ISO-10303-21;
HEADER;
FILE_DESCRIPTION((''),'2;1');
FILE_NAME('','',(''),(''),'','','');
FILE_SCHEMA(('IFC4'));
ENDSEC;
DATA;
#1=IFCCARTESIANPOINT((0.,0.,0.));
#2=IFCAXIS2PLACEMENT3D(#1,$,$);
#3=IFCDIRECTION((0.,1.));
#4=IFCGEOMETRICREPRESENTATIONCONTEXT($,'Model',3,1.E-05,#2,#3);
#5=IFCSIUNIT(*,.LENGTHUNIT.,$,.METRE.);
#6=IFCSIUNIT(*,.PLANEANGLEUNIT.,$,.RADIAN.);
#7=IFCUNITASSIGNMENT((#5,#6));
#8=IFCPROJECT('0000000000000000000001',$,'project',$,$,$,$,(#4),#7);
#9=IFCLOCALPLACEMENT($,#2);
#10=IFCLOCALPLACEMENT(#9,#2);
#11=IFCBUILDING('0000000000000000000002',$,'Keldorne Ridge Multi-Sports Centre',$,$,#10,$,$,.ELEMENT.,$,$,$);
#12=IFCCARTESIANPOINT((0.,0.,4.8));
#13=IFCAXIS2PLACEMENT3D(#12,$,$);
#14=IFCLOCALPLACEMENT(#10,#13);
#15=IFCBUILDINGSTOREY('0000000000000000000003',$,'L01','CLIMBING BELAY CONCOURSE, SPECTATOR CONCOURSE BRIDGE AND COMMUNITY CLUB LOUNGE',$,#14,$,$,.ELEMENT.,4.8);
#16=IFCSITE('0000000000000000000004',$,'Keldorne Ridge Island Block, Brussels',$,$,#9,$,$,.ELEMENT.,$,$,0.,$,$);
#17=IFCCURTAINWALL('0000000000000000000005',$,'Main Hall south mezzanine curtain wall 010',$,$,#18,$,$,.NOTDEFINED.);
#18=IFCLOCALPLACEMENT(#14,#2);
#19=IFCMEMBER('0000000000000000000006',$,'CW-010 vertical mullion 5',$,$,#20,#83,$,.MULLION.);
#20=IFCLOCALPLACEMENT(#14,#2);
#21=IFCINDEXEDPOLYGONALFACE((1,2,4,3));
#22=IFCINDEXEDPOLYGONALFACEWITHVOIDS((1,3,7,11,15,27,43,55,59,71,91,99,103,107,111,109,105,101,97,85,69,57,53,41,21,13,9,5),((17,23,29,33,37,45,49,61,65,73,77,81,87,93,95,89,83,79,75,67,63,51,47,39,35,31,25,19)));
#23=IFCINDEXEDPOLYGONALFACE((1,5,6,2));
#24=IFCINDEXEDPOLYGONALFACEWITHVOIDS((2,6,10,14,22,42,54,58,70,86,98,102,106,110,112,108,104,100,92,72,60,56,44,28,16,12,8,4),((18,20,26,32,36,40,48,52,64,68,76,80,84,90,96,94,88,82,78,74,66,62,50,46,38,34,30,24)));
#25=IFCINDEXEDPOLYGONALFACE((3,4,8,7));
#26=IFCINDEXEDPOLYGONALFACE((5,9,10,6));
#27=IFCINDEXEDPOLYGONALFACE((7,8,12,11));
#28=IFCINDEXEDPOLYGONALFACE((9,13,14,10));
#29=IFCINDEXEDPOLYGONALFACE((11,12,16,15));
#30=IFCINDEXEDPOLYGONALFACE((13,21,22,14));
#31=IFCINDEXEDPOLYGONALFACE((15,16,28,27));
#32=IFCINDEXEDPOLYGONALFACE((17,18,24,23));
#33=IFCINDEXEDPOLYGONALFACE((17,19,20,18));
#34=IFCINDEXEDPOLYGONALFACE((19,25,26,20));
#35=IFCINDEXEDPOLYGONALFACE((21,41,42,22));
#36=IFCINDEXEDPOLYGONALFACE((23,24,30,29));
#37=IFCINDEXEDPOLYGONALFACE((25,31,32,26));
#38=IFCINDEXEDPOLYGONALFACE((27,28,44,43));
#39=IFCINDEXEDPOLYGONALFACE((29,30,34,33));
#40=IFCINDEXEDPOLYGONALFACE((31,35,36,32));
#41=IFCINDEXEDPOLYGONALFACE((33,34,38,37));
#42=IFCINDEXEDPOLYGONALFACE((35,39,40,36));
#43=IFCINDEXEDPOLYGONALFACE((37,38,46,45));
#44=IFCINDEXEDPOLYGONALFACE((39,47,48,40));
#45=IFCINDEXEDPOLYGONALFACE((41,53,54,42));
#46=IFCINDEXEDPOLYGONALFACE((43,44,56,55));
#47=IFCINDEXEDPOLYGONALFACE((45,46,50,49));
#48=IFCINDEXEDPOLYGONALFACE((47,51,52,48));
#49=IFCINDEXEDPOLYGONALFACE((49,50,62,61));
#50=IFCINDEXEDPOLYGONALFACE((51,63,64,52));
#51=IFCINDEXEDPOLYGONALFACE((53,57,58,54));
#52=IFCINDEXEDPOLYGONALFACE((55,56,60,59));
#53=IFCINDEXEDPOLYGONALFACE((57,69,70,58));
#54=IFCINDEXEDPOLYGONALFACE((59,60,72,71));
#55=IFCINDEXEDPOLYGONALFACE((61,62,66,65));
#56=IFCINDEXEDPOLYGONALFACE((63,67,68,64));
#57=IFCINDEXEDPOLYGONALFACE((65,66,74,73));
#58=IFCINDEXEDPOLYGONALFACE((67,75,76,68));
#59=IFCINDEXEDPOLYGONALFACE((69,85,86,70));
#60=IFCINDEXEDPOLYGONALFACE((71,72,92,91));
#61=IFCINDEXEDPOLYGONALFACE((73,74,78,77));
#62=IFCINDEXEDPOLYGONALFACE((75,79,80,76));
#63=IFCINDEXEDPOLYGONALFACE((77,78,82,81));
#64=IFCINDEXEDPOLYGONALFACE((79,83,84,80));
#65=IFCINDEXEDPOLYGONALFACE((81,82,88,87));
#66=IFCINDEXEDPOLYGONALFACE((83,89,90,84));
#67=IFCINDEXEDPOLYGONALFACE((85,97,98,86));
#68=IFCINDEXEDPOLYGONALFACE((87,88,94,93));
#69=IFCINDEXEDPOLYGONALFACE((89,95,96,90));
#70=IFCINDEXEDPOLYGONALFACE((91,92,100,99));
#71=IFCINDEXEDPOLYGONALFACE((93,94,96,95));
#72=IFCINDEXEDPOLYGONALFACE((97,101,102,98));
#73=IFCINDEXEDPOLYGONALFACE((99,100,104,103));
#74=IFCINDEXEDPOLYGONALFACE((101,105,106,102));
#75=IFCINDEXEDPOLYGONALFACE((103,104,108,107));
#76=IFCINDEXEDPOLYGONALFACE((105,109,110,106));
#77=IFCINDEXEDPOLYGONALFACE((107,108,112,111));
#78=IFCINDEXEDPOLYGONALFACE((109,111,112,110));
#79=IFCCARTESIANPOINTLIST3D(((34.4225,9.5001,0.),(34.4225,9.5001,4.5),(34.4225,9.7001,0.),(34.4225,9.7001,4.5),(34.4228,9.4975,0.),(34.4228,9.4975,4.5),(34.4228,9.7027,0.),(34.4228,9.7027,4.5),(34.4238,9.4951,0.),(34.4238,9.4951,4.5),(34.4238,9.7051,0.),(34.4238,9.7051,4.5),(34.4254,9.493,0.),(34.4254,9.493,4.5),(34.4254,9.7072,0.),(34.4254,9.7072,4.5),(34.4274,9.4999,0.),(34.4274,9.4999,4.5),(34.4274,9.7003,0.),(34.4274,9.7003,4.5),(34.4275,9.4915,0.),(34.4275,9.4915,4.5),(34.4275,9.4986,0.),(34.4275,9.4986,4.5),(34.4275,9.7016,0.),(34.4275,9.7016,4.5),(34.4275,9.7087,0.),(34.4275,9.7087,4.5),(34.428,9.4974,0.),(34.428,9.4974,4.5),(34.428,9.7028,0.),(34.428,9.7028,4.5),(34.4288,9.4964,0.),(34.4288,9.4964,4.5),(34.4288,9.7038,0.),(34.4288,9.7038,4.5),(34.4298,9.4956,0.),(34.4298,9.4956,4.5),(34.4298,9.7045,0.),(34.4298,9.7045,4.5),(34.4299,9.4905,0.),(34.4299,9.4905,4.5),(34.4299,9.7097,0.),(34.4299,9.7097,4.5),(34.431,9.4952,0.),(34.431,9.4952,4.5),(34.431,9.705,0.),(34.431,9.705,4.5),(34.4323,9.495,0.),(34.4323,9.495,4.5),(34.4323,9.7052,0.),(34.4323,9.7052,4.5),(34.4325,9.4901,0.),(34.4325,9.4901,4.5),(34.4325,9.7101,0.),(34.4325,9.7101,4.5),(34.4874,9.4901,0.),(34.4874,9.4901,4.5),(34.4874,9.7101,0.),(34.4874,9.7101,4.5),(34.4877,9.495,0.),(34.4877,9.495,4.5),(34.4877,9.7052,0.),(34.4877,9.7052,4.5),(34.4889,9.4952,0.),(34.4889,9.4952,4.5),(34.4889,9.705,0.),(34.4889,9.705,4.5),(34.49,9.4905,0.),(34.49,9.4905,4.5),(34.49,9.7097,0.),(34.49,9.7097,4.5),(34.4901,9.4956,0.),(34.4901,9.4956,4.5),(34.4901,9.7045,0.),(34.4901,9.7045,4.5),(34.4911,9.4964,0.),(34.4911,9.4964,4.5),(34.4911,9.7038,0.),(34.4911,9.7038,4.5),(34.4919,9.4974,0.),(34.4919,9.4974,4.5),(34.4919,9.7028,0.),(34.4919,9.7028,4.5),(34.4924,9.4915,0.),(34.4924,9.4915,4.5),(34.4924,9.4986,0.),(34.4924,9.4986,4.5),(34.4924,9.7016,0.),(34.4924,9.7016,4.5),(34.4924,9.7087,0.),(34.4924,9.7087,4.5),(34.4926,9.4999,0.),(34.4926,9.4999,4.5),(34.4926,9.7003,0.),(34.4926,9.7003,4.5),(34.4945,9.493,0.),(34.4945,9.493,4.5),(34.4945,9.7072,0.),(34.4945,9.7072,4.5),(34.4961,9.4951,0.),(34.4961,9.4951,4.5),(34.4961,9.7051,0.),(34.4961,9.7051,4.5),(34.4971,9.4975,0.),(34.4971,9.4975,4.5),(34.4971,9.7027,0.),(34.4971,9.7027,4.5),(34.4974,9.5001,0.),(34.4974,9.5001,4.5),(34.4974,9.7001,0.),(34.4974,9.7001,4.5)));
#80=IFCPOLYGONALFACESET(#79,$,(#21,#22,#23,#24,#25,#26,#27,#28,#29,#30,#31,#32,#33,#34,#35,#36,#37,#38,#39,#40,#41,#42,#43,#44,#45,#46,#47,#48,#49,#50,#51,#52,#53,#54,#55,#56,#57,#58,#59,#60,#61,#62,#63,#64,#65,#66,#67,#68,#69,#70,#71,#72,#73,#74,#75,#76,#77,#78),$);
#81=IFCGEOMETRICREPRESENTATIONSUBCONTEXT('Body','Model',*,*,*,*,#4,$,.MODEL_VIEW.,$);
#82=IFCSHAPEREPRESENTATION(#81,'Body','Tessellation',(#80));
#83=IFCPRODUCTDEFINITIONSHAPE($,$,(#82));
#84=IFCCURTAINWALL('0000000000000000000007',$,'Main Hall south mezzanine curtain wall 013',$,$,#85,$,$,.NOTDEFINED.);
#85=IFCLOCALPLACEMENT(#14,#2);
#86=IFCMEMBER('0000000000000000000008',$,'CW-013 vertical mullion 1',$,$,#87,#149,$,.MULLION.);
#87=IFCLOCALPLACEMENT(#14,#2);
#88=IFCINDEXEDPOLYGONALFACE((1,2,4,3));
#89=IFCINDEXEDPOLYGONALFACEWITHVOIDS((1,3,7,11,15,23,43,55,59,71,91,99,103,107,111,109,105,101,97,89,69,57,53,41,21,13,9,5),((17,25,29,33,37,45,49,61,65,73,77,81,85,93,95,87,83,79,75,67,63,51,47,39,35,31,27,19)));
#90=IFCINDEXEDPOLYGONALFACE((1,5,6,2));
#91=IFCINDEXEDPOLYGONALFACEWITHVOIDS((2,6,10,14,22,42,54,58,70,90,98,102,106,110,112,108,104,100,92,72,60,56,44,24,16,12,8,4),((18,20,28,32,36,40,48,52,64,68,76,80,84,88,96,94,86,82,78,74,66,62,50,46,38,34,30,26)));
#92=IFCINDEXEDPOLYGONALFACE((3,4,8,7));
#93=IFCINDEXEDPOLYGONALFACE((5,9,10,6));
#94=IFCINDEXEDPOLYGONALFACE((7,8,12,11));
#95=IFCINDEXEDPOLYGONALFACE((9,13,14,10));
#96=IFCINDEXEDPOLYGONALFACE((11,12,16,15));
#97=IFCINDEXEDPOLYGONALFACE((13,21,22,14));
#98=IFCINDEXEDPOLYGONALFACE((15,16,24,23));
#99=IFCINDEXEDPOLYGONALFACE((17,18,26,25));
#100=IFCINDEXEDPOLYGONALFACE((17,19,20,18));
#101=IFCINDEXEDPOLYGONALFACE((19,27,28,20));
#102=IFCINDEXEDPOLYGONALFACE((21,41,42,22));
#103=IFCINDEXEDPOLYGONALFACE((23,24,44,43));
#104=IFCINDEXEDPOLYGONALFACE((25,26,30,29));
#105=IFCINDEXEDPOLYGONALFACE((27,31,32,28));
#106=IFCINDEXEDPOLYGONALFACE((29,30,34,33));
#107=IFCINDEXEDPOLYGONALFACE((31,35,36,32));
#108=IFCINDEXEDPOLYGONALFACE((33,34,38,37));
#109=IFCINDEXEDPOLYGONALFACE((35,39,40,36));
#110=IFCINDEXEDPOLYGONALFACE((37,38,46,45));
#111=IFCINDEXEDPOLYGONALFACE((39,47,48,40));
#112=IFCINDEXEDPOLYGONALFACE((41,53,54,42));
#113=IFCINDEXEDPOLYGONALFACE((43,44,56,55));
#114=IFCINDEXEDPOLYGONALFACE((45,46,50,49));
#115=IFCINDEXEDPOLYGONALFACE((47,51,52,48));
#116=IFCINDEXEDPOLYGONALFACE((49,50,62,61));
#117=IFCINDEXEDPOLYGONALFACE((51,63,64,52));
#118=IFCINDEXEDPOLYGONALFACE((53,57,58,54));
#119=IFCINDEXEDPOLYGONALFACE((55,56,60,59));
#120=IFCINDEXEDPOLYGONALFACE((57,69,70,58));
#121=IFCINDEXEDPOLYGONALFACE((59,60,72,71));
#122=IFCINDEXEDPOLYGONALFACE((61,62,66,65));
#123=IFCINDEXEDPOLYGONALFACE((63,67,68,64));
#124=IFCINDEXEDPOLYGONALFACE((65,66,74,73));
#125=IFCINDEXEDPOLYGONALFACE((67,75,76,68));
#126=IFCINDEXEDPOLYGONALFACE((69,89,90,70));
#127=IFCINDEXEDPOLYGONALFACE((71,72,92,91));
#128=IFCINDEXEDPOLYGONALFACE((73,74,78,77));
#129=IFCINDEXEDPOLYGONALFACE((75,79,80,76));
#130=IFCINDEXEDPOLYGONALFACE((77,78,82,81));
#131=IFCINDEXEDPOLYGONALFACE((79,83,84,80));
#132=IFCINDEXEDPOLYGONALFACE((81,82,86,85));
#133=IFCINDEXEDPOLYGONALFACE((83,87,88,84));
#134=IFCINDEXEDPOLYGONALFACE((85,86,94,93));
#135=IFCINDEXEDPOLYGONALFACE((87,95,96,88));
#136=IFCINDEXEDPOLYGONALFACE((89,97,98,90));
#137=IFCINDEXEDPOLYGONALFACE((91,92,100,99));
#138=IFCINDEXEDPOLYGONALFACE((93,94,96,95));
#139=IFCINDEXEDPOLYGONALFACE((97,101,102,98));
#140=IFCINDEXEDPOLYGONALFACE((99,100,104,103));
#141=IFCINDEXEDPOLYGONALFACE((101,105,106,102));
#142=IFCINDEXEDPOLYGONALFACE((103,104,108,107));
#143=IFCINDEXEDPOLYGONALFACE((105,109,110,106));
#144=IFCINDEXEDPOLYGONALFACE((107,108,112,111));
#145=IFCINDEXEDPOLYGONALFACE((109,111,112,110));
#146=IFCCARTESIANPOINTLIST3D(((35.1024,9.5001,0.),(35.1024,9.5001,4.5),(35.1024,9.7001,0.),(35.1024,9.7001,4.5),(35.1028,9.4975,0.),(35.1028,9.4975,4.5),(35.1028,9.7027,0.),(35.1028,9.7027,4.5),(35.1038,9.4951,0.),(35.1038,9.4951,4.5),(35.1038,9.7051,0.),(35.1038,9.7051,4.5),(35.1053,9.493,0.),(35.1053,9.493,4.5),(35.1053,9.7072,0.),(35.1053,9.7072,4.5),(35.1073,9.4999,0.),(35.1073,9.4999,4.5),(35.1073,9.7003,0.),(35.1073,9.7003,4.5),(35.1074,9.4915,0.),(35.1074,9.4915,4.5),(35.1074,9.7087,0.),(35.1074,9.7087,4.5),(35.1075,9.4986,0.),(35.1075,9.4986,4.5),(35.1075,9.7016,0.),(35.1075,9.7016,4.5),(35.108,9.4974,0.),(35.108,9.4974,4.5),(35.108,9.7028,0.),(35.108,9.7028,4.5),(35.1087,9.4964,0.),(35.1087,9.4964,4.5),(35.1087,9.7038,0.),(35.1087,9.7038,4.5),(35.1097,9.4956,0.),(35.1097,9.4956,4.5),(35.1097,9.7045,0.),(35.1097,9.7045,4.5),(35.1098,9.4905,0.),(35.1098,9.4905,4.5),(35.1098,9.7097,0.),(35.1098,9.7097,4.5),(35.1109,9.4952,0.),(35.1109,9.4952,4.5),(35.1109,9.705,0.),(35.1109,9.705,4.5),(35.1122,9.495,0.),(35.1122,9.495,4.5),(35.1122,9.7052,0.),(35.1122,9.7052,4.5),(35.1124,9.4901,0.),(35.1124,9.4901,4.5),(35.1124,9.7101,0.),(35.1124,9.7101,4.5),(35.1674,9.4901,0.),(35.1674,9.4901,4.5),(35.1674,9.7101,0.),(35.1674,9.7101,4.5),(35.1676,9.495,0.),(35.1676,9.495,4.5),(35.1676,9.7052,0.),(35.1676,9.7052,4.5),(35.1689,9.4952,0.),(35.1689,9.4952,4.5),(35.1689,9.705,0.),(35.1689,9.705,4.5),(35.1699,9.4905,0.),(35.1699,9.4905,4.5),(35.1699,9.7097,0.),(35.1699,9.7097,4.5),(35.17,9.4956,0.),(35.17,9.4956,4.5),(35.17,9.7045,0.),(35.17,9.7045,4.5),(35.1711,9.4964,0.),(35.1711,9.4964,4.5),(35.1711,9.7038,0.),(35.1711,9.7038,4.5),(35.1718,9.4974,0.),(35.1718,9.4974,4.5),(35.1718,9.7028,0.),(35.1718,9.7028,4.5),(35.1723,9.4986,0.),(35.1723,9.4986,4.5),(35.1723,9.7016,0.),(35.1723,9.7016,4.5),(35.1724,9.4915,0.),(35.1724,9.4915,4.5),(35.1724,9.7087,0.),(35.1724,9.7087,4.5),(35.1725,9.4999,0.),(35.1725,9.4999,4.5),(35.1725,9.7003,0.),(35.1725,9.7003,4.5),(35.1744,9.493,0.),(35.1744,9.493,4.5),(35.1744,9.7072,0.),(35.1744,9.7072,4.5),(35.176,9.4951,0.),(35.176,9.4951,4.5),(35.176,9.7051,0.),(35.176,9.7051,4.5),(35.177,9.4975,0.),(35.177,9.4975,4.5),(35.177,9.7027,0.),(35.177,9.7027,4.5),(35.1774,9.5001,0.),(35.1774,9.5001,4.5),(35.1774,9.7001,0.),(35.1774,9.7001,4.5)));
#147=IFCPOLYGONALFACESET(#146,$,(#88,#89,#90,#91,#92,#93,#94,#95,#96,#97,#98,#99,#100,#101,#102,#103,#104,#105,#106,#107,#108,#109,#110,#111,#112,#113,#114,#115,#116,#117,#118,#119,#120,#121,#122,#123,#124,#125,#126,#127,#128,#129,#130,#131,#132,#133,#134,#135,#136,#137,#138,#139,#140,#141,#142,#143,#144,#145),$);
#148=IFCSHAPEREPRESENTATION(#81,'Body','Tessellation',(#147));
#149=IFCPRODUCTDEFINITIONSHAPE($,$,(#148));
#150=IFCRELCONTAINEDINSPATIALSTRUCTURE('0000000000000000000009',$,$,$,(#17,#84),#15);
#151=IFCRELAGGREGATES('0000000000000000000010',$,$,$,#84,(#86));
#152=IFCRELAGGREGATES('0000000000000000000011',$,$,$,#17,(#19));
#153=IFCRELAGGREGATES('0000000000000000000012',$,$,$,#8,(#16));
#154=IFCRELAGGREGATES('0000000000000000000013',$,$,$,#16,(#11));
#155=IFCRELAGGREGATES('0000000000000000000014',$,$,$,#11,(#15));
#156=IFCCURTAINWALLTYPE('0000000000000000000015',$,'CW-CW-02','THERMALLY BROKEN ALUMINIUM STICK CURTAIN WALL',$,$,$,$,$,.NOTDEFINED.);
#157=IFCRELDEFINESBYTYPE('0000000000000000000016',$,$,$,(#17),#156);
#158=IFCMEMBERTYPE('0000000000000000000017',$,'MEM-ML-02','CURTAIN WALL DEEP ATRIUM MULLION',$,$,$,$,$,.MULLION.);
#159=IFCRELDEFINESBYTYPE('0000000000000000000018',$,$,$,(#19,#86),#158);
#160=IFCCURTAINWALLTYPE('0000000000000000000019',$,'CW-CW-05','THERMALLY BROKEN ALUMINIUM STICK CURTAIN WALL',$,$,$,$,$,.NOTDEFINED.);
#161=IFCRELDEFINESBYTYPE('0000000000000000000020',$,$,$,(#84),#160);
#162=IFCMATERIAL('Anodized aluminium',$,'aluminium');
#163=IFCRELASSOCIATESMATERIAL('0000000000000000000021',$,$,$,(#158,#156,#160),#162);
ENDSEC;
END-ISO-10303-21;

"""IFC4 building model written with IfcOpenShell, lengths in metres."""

from ifc_helpers import new_model, si_unit, direction, frame, origin, origin_2d, place, context, subcontext, project, spatial, hollow_rectangle, extrude, material, material_profile, profile_set, type_object, element, aggregate, save


model = new_model("IFC4")

# Units and contexts
model_context = context("Model", 3, precision=1e-05, world=origin(), true_north=direction((0.0, 1.0)))
body_context = subcontext(model_context, "Body", "Model", "MODEL_VIEW")
ifc_project = project(units=[si_unit("LENGTHUNIT", "METRE"), si_unit("PLANEANGLEUNIT", "RADIAN")], contexts=[model_context])

# Site, building, storey
site_placement = place(None, origin())
site = spatial("IfcSite", under=ifc_project, at=site_placement, Name="Keldorne Ridge Island Block, Brussels", CompositionType="ELEMENT", RefElevation=0.0)
building_placement = place(site_placement, origin())
building = spatial("IfcBuilding", under=site, at=building_placement, Name="Keldorne Ridge Multi-Sports Centre", CompositionType="ELEMENT")
storey_placement = place(building_placement, frame((0.0, 0.0, 4.8)))
storey = spatial("IfcBuildingStorey", under=building, at=storey_placement, Name="L01", Description="CLIMBING BELAY CONCOURSE, SPECTATOR CONCOURSE BRIDGE AND COMMUNITY CLUB LOUNGE", CompositionType="ELEMENT", Elevation=4.8)

# Curtain wall, member
ifc_material_1 = material(Name="Anodized aluminium", Category="aluminium")
ifc_material_profile_1 = material_profile(ifc_material_1, hollow_rectangle(XDim=0.075, YDim=0.22, WallThickness=0.0049, InnerFilletRadius=0.0049, OuterFilletRadius=0.01, at=origin_2d()), Name="ALU MULLION 220x75x5")
ifc_profile_set_1 = profile_set([ifc_material_profile_1], Name="Anodized aluminium")
member_type_1 = type_object("IfcMemberType", Name="MEM-ML-02", Description="CURTAIN WALL DEEP ATRIUM MULLION", PredefinedType="MULLION", material=ifc_profile_set_1)
curtain_wall_type_1 = type_object("IfcCurtainWallType", Name="CW-CW-02", Description="THERMALLY BROKEN ALUMINIUM STICK CURTAIN WALL", PredefinedType="NOTDEFINED", material=ifc_material_1)
curtain_wall_1_placement = place(storey_placement, origin())
curtain_wall_1 = element("IfcCurtainWall", 1, at=curtain_wall_1_placement, inside=storey, type_object=curtain_wall_type_1, Name="Main Hall south mezzanine curtain wall 010", PredefinedType="NOTDEFINED")
member_1_placement = place(storey_placement, frame((34.46, 9.6001, 0.0), z_axis=(0.0, 0.0, 1.0), x_axis=(1.0, 0.0, 0.0)))
member_1 = element("IfcMember", 2, at=member_1_placement, type_object=member_type_1, Name="CW-010 vertical mullion 5", PredefinedType="MULLION", context=body_context, shape_type="SweptSolid", body=[
    extrude(hollow_rectangle(XDim=0.075, YDim=0.22, WallThickness=0.0049, InnerFilletRadius=0.0049, OuterFilletRadius=0.01, at=origin_2d()), origin(), (0.0, 0.0, 1.0), 4.5),
])

# Curtain wall, member
curtain_wall_type_2 = type_object("IfcCurtainWallType", Name="CW-CW-05", Description="THERMALLY BROKEN ALUMINIUM STICK CURTAIN WALL", PredefinedType="NOTDEFINED", material=ifc_material_1)
curtain_wall_2_placement = place(storey_placement, origin())
curtain_wall_2 = element("IfcCurtainWall", 3, at=curtain_wall_2_placement, inside=storey, type_object=curtain_wall_type_2, Name="Main Hall south mezzanine curtain wall 013", PredefinedType="NOTDEFINED")
member_2_placement = place(storey_placement, frame((35.1399, 9.6001, 0.0), z_axis=(0.0, 0.0, 1.0), x_axis=(1.0, 0.0, 0.0)))
member_2 = element("IfcMember", 4, at=member_2_placement, type_object=member_type_1, Name="CW-013 vertical mullion 1", PredefinedType="MULLION", context=body_context, shape_type="SweptSolid", body=[
    extrude(hollow_rectangle(XDim=0.075, YDim=0.22, WallThickness=0.0049, InnerFilletRadius=0.0049, OuterFilletRadius=0.01, at=origin_2d()), origin(), (0.0, 0.0, 1.0), 4.5),
])

aggregate(curtain_wall_2, [member_2])

aggregate(curtain_wall_1, [member_1])

save(model, "model.ifc")
